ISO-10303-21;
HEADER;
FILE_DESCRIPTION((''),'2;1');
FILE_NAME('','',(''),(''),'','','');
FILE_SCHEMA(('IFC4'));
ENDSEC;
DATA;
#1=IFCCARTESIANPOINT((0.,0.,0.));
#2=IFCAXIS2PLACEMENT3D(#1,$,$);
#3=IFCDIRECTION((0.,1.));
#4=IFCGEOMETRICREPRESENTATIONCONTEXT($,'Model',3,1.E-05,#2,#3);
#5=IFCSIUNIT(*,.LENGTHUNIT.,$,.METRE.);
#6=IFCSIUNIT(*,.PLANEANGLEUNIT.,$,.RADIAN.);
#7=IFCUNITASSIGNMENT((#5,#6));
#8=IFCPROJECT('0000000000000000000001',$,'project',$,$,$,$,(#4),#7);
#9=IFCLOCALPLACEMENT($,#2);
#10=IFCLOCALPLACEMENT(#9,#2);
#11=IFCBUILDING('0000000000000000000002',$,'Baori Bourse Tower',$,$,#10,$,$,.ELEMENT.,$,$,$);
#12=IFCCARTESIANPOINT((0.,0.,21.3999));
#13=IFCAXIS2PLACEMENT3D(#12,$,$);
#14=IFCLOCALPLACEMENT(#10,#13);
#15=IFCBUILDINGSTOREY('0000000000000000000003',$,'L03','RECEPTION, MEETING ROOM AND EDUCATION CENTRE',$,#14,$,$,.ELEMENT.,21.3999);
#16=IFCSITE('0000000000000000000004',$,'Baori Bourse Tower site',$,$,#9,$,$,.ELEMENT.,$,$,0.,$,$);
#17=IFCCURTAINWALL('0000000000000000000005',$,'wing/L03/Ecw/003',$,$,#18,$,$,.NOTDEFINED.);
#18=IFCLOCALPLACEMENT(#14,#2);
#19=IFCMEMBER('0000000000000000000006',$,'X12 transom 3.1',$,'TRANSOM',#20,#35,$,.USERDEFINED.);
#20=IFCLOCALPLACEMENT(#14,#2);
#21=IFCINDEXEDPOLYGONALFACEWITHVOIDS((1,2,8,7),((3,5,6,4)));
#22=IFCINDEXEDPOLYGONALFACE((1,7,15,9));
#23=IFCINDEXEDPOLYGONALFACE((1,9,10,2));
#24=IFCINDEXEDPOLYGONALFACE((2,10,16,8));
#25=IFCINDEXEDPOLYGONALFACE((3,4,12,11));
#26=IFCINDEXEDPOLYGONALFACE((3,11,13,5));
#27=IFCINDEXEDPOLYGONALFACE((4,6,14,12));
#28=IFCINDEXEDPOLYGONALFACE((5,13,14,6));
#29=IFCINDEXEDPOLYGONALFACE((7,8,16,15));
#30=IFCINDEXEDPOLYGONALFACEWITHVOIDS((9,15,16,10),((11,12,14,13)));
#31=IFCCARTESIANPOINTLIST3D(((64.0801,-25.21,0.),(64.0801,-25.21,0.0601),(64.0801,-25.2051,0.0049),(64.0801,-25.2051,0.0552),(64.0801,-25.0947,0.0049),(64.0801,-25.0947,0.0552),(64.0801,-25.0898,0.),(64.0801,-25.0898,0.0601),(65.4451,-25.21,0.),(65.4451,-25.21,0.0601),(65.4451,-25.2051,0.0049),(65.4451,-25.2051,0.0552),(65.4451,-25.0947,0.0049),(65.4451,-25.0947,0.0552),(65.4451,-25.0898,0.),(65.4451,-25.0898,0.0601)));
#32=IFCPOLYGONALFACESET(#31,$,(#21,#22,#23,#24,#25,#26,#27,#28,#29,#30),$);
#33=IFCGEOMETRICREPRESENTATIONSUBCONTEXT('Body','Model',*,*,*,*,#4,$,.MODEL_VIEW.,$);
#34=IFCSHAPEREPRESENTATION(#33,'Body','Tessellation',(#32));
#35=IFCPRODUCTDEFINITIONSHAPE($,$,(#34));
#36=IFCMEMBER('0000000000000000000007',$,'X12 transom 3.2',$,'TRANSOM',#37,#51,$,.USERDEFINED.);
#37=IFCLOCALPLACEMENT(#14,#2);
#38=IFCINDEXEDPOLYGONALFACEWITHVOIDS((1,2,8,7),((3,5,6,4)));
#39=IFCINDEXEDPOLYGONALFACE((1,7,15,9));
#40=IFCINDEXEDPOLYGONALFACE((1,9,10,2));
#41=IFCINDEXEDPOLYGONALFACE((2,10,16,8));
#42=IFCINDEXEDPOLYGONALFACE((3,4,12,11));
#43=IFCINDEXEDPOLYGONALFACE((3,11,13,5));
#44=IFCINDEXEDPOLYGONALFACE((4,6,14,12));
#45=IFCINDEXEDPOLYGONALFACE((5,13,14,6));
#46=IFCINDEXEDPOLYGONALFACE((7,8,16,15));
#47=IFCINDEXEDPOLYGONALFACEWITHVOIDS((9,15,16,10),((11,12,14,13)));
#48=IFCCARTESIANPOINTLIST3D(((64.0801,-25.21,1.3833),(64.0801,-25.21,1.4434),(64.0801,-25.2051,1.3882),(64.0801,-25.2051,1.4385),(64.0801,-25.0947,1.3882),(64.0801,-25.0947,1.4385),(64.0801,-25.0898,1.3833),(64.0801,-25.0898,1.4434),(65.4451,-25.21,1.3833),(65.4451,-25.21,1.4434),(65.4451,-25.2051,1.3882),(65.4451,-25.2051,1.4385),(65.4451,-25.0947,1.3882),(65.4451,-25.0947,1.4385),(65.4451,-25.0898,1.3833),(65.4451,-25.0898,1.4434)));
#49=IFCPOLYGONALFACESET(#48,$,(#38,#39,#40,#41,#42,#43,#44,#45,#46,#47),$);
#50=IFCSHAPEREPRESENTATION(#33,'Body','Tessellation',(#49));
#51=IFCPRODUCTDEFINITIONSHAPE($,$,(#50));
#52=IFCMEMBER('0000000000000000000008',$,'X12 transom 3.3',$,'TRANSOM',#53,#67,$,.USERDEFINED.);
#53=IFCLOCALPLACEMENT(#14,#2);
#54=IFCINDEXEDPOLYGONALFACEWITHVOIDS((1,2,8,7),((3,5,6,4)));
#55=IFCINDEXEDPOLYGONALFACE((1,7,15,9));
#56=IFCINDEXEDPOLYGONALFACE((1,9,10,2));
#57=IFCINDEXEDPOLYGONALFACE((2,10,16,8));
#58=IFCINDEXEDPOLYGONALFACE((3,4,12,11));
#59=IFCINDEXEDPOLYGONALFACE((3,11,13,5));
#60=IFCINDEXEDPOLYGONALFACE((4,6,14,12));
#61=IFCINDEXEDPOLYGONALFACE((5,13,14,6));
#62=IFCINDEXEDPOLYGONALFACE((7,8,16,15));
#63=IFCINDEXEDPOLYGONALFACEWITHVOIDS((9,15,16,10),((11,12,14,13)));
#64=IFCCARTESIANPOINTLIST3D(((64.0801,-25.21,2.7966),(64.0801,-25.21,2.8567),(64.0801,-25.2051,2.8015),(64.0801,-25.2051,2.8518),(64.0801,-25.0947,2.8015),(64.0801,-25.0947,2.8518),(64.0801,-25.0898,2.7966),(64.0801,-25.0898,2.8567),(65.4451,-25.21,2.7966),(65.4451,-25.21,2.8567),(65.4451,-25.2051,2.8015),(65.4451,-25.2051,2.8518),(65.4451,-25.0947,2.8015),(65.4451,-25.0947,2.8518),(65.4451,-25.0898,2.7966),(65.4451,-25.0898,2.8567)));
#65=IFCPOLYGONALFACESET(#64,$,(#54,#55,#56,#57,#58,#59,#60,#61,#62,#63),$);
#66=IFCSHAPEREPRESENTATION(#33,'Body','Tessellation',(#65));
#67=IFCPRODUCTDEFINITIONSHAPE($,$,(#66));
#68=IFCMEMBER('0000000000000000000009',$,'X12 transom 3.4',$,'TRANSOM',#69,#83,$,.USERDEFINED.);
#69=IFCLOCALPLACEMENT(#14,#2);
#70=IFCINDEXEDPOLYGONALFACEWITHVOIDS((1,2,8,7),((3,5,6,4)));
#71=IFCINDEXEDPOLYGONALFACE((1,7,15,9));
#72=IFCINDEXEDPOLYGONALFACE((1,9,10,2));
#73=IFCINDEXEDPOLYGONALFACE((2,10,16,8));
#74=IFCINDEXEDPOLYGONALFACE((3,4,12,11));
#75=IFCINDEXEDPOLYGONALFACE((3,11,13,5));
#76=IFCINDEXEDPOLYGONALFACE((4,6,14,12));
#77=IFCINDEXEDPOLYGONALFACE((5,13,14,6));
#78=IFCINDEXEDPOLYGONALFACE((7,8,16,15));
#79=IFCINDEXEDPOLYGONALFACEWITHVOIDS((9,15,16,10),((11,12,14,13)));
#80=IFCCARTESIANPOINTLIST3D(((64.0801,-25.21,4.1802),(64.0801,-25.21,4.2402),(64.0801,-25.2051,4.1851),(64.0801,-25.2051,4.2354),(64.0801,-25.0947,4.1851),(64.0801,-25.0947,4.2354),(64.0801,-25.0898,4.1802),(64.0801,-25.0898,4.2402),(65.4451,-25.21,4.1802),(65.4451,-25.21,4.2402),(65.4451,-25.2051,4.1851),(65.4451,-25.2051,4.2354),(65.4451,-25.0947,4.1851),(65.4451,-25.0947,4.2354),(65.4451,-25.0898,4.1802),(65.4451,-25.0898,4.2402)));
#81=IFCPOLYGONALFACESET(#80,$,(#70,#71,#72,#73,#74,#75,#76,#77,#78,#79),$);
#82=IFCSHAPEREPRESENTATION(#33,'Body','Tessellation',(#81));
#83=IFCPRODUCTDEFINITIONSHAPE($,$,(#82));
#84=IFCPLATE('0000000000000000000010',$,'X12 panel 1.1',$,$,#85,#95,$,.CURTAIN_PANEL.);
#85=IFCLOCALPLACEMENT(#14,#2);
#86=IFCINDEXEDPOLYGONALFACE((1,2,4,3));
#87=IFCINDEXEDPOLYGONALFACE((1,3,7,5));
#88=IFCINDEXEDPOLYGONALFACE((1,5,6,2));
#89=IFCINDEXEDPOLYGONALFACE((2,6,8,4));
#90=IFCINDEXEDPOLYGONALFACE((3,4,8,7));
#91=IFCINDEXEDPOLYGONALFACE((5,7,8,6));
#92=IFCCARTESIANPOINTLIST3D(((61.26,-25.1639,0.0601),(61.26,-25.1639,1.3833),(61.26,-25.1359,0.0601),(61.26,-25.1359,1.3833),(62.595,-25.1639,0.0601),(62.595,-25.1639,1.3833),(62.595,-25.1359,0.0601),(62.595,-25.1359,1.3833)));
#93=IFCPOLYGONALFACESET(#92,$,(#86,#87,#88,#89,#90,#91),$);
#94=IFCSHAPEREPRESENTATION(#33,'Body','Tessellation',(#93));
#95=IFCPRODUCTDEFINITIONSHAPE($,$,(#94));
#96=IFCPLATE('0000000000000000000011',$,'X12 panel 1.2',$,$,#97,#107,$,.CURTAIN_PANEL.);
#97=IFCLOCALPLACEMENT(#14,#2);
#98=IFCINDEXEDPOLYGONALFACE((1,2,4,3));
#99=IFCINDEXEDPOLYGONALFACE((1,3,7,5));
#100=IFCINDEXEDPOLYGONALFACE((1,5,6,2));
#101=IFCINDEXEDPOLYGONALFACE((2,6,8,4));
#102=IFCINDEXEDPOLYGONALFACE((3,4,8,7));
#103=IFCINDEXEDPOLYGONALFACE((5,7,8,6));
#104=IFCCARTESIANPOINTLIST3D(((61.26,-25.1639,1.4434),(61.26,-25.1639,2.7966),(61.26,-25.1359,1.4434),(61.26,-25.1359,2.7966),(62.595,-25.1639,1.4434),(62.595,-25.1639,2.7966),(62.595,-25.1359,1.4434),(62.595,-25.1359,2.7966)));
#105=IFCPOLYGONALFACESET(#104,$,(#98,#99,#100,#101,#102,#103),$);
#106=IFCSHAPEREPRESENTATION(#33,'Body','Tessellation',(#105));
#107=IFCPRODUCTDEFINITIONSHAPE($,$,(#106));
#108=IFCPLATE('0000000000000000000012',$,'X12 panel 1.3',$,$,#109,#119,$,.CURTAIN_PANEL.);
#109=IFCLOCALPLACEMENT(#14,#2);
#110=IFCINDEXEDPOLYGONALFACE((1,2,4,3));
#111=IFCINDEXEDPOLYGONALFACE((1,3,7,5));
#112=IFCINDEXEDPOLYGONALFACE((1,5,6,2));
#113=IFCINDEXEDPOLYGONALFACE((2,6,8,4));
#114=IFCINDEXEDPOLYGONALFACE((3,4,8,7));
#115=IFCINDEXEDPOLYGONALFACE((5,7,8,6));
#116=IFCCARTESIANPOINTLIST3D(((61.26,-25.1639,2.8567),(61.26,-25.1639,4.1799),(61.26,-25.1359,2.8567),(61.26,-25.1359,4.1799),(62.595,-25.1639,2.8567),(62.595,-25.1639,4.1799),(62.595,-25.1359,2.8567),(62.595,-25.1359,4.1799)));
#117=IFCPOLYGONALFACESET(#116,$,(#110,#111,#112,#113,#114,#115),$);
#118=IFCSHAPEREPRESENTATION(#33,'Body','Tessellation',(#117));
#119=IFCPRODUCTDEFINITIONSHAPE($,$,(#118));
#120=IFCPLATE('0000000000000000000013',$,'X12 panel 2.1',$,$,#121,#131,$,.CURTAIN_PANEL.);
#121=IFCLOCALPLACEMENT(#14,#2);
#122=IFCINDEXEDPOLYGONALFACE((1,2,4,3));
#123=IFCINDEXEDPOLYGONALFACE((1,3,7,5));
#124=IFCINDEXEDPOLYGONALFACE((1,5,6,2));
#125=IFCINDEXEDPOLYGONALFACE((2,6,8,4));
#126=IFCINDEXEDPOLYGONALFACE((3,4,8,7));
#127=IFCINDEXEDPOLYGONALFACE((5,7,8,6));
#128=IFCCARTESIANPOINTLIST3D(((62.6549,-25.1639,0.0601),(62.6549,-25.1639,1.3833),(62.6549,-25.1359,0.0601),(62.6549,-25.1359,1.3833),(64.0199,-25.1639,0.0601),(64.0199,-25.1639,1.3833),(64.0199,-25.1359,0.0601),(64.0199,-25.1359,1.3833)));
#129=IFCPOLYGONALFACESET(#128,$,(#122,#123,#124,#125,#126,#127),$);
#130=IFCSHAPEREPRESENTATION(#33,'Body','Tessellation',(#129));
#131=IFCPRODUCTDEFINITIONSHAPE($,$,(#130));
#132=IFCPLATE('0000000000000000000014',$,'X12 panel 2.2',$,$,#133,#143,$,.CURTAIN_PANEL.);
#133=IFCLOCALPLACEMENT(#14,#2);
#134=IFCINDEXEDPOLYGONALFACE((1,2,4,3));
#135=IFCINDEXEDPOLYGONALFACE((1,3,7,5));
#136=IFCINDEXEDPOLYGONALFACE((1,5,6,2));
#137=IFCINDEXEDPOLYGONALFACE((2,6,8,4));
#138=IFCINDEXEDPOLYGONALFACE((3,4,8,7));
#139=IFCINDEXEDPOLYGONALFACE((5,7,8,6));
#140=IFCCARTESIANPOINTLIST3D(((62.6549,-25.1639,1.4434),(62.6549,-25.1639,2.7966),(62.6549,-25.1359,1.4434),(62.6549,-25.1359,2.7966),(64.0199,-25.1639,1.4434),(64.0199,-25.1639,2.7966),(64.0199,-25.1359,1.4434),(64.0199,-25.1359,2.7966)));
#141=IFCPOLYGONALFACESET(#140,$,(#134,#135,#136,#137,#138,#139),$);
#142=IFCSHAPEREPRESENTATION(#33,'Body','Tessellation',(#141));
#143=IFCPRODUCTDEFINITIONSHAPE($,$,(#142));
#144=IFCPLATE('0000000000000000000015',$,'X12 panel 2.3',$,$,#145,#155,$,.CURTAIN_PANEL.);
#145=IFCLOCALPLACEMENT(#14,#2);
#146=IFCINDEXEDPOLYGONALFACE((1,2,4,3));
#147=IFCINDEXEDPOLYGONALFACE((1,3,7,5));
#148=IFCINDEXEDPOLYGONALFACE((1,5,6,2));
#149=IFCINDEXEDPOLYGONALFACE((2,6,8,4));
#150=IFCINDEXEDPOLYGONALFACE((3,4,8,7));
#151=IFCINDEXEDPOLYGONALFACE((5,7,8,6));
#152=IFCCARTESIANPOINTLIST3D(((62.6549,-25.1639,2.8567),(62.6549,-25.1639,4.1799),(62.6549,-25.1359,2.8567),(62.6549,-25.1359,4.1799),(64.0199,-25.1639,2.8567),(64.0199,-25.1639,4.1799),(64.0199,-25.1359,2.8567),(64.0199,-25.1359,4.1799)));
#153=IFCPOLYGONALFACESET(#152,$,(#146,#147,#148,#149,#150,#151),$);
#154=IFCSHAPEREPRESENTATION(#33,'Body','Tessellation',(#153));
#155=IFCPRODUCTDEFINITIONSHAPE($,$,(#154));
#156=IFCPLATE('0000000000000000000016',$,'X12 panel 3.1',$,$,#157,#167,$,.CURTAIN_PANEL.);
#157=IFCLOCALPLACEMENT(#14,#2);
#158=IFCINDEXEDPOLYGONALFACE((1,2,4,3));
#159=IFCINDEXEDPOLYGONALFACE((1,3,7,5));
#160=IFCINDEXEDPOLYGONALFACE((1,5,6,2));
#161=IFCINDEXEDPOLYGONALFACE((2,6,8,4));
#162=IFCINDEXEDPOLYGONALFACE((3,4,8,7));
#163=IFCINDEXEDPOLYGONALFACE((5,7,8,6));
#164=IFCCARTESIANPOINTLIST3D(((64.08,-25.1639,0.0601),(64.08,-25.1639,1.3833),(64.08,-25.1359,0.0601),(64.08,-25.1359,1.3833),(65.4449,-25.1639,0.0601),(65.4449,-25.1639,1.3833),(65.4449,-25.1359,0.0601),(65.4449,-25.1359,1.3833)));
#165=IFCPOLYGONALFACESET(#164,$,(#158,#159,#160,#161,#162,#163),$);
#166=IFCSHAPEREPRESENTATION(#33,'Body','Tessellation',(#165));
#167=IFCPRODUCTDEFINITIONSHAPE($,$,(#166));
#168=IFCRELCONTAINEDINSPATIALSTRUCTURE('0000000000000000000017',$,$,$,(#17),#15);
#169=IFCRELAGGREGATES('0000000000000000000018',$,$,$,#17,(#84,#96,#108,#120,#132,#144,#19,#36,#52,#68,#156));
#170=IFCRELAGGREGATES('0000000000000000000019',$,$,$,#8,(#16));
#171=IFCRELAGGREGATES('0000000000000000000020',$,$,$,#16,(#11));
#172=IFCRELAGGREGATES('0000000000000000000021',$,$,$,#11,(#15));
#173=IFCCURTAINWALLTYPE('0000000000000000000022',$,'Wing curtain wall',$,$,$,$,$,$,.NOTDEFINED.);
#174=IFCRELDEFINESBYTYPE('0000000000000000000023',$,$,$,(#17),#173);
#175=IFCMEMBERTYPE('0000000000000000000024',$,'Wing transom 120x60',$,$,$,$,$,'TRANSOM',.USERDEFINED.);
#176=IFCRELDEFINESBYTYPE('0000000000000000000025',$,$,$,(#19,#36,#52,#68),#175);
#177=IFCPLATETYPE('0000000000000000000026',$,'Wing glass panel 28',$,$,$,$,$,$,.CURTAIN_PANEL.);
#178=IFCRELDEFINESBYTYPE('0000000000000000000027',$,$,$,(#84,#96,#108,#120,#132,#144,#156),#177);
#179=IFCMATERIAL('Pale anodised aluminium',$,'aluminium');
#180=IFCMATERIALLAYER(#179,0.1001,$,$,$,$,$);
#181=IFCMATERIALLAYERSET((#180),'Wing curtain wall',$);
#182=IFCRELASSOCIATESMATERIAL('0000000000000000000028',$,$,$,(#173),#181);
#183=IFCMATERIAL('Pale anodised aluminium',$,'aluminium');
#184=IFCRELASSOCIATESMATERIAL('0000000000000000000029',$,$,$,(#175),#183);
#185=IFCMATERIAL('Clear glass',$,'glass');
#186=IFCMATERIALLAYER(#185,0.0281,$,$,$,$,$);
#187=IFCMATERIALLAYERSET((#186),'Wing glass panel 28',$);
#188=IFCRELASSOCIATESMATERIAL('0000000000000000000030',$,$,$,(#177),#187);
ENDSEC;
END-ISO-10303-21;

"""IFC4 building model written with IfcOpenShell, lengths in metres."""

from ifc_helpers import new_model, si_unit, direction, frame, origin, origin_2d, place, context, subcontext, project, spatial, rectangle, hollow_rectangle, extrude, material, layer, layer_set, material_profile, profile_set, type_object, element, aggregate, save


model = new_model("IFC4")

# Units and contexts
model_context = context("Model", 3, precision=1e-05, world=origin(), true_north=direction((0.0, 1.0)))
body_context = subcontext(model_context, "Body", "Model", "MODEL_VIEW")
ifc_project = project(units=[si_unit("LENGTHUNIT", "METRE"), si_unit("PLANEANGLEUNIT", "RADIAN")], contexts=[model_context])

# Site, building, storey
site_placement = place(None, origin())
site = spatial("IfcSite", under=ifc_project, at=site_placement, Name="Baori Bourse Tower site", CompositionType="ELEMENT", RefElevation=0.0)
building_placement = place(site_placement, origin())
building = spatial("IfcBuilding", under=site, at=building_placement, Name="Baori Bourse Tower", CompositionType="ELEMENT")
storey_placement = place(building_placement, frame((0.0, 0.0, 21.3999)))
storey = spatial("IfcBuildingStorey", under=building, at=storey_placement, Name="L03", Description="RECEPTION, MEETING ROOM AND EDUCATION CENTRE", CompositionType="ELEMENT", Elevation=21.3999)

# Curtain wall, members, plates
ifc_material_1 = material(Name="Pale anodised aluminium", Category="aluminium")
ifc_layer_1 = layer(ifc_material_1, 0.1001)
ifc_layer_set_1 = layer_set([ifc_layer_1], Name="Wing curtain wall")
curtain_wall_type = type_object("IfcCurtainWallType", Name="Wing curtain wall", PredefinedType="NOTDEFINED", material=ifc_layer_set_1)
curtain_wall_placement = place(storey_placement, origin())
curtain_wall = element("IfcCurtainWall", 1, at=curtain_wall_placement, inside=storey, type_object=curtain_wall_type, Name="wing/L03/Ecw/003", PredefinedType="NOTDEFINED")
ifc_material_2 = material(Name="Pale anodised aluminium", Category="aluminium")
ifc_material_profile_1 = material_profile(ifc_material_2, hollow_rectangle(XDim=0.1201, YDim=0.0601, WallThickness=0.0049, at=origin_2d()), Name="Transom 120x60x5")
ifc_profile_set_1 = profile_set([ifc_material_profile_1], Name="Pale anodised aluminium")
member_type_1 = type_object("IfcMemberType", Name="Wing transom 120x60", ElementType="TRANSOM", PredefinedType="USERDEFINED", material=ifc_profile_set_1)
member_1_placement = place(storey_placement, frame((64.0801, -25.1499, 0.03), z_axis=(1.0, 0.0, 0.0), x_axis=(0.0, 1.0, 0.0)))
member_1 = element("IfcMember", 2, at=member_1_placement, type_object=member_type_1, Name="X12 transom 3.1", ObjectType="TRANSOM", PredefinedType="USERDEFINED", context=body_context, shape_type="SweptSolid", body=[
    extrude(hollow_rectangle(XDim=0.1201, YDim=0.0601, WallThickness=0.0049, at=origin_2d()), origin(), (0.0, 0.0, 1.0), 1.365),
])
member_2_placement = place(storey_placement, frame((64.0801, -25.1499, 1.4133), z_axis=(1.0, 0.0, 0.0), x_axis=(0.0, 1.0, 0.0)))
member_2 = element("IfcMember", 3, at=member_2_placement, type_object=member_type_1, Name="X12 transom 3.2", ObjectType="TRANSOM", PredefinedType="USERDEFINED", context=body_context, shape_type="SweptSolid", body=[
    extrude(hollow_rectangle(XDim=0.1201, YDim=0.0601, WallThickness=0.0049, at=origin_2d()), origin(), (0.0, 0.0, 1.0), 1.365),
])
member_3_placement = place(storey_placement, frame((64.0801, -25.1499, 2.8267), z_axis=(1.0, 0.0, 0.0), x_axis=(0.0, 1.0, 0.0)))
member_3 = element("IfcMember", 4, at=member_3_placement, type_object=member_type_1, Name="X12 transom 3.3", ObjectType="TRANSOM", PredefinedType="USERDEFINED", context=body_context, shape_type="SweptSolid", body=[
    extrude(hollow_rectangle(XDim=0.1201, YDim=0.0601, WallThickness=0.0049, at=origin_2d()), origin(), (0.0, 0.0, 1.0), 1.365),
])
member_4_placement = place(storey_placement, frame((64.0801, -25.1499, 4.2102), z_axis=(1.0, 0.0, 0.0), x_axis=(0.0, 1.0, 0.0)))
member_4 = element("IfcMember", 5, at=member_4_placement, type_object=member_type_1, Name="X12 transom 3.4", ObjectType="TRANSOM", PredefinedType="USERDEFINED", context=body_context, shape_type="SweptSolid", body=[
    extrude(hollow_rectangle(XDim=0.1201, YDim=0.0601, WallThickness=0.0049, at=origin_2d()), origin(), (0.0, 0.0, 1.0), 1.365),
])
ifc_material_3 = material(Name="Clear glass", Category="glass")
ifc_layer_2 = layer(ifc_material_3, 0.0281)
ifc_layer_set_2 = layer_set([ifc_layer_2], Name="Wing glass panel 28")
plate_type = type_object("IfcPlateType", Name="Wing glass panel 28", PredefinedType="CURTAIN_PANEL", material=ifc_layer_set_2)
plate_1_placement = place(storey_placement, frame((61.9275, -25.1499, 0.0601), z_axis=(0.0, 0.0, 1.0), x_axis=(1.0, 0.0, 0.0)))
plate_1 = element("IfcPlate", 6, at=plate_1_placement, type_object=plate_type, Name="X12 panel 1.1", PredefinedType="CURTAIN_PANEL", context=body_context, shape_type="SweptSolid", body=[
    extrude(rectangle(XDim=1.335, YDim=0.0281, at=origin_2d()), origin(), (0.0, 0.0, 1.0), 1.3232),
])
plate_2_placement = place(storey_placement, frame((61.9275, -25.1499, 1.4434), z_axis=(0.0, 0.0, 1.0), x_axis=(1.0, 0.0, 0.0)))
plate_2 = element("IfcPlate", 7, at=plate_2_placement, type_object=plate_type, Name="X12 panel 1.2", PredefinedType="CURTAIN_PANEL", context=body_context, shape_type="SweptSolid", body=[
    extrude(rectangle(XDim=1.335, YDim=0.0281, at=origin_2d()), origin(), (0.0, 0.0, 1.0), 1.3533),
])
plate_3_placement = place(storey_placement, frame((61.9275, -25.1499, 2.8567), z_axis=(0.0, 0.0, 1.0), x_axis=(1.0, 0.0, 0.0)))
plate_3 = element("IfcPlate", 8, at=plate_3_placement, type_object=plate_type, Name="X12 panel 1.3", PredefinedType="CURTAIN_PANEL", context=body_context, shape_type="SweptSolid", body=[
    extrude(rectangle(XDim=1.335, YDim=0.0281, at=origin_2d()), origin(), (0.0, 0.0, 1.0), 1.3232),
])
plate_4_placement = place(storey_placement, frame((63.3374, -25.1499, 0.0601), z_axis=(0.0, 0.0, 1.0), x_axis=(1.0, 0.0, 0.0)))
plate_4 = element("IfcPlate", 9, at=plate_4_placement, type_object=plate_type, Name="X12 panel 2.1", PredefinedType="CURTAIN_PANEL", context=body_context, shape_type="SweptSolid", body=[
    extrude(rectangle(XDim=1.365, YDim=0.0281, at=origin_2d()), origin(), (0.0, 0.0, 1.0), 1.3232),
])
plate_5_placement = place(storey_placement, frame((63.3374, -25.1499, 1.4434), z_axis=(0.0, 0.0, 1.0), x_axis=(1.0, 0.0, 0.0)))
plate_5 = element("IfcPlate", 10, at=plate_5_placement, type_object=plate_type, Name="X12 panel 2.2", PredefinedType="CURTAIN_PANEL", context=body_context, shape_type="SweptSolid", body=[
    extrude(rectangle(XDim=1.365, YDim=0.0281, at=origin_2d()), origin(), (0.0, 0.0, 1.0), 1.3533),
])
plate_6_placement = place(storey_placement, frame((63.3374, -25.1499, 2.8567), z_axis=(0.0, 0.0, 1.0), x_axis=(1.0, 0.0, 0.0)))
plate_6 = element("IfcPlate", 11, at=plate_6_placement, type_object=plate_type, Name="X12 panel 2.3", PredefinedType="CURTAIN_PANEL", context=body_context, shape_type="SweptSolid", body=[
    extrude(rectangle(XDim=1.365, YDim=0.0281, at=origin_2d()), origin(), (0.0, 0.0, 1.0), 1.3232),
])
plate_7_placement = place(storey_placement, frame((64.7625, -25.1499, 0.0601), z_axis=(0.0, 0.0, 1.0), x_axis=(1.0, 0.0, 0.0)))
plate_7 = element("IfcPlate", 12, at=plate_7_placement, type_object=plate_type, Name="X12 panel 3.1", PredefinedType="CURTAIN_PANEL", context=body_context, shape_type="SweptSolid", body=[
    extrude(rectangle(XDim=1.365, YDim=0.0281, at=origin_2d()), origin(), (0.0, 0.0, 1.0), 1.3232),
])
aggregate(curtain_wall, [plate_1, plate_2, plate_3, plate_4, plate_5, plate_6, member_1, member_2, member_3, member_4, plate_7])

save(model, "model.ifc")
